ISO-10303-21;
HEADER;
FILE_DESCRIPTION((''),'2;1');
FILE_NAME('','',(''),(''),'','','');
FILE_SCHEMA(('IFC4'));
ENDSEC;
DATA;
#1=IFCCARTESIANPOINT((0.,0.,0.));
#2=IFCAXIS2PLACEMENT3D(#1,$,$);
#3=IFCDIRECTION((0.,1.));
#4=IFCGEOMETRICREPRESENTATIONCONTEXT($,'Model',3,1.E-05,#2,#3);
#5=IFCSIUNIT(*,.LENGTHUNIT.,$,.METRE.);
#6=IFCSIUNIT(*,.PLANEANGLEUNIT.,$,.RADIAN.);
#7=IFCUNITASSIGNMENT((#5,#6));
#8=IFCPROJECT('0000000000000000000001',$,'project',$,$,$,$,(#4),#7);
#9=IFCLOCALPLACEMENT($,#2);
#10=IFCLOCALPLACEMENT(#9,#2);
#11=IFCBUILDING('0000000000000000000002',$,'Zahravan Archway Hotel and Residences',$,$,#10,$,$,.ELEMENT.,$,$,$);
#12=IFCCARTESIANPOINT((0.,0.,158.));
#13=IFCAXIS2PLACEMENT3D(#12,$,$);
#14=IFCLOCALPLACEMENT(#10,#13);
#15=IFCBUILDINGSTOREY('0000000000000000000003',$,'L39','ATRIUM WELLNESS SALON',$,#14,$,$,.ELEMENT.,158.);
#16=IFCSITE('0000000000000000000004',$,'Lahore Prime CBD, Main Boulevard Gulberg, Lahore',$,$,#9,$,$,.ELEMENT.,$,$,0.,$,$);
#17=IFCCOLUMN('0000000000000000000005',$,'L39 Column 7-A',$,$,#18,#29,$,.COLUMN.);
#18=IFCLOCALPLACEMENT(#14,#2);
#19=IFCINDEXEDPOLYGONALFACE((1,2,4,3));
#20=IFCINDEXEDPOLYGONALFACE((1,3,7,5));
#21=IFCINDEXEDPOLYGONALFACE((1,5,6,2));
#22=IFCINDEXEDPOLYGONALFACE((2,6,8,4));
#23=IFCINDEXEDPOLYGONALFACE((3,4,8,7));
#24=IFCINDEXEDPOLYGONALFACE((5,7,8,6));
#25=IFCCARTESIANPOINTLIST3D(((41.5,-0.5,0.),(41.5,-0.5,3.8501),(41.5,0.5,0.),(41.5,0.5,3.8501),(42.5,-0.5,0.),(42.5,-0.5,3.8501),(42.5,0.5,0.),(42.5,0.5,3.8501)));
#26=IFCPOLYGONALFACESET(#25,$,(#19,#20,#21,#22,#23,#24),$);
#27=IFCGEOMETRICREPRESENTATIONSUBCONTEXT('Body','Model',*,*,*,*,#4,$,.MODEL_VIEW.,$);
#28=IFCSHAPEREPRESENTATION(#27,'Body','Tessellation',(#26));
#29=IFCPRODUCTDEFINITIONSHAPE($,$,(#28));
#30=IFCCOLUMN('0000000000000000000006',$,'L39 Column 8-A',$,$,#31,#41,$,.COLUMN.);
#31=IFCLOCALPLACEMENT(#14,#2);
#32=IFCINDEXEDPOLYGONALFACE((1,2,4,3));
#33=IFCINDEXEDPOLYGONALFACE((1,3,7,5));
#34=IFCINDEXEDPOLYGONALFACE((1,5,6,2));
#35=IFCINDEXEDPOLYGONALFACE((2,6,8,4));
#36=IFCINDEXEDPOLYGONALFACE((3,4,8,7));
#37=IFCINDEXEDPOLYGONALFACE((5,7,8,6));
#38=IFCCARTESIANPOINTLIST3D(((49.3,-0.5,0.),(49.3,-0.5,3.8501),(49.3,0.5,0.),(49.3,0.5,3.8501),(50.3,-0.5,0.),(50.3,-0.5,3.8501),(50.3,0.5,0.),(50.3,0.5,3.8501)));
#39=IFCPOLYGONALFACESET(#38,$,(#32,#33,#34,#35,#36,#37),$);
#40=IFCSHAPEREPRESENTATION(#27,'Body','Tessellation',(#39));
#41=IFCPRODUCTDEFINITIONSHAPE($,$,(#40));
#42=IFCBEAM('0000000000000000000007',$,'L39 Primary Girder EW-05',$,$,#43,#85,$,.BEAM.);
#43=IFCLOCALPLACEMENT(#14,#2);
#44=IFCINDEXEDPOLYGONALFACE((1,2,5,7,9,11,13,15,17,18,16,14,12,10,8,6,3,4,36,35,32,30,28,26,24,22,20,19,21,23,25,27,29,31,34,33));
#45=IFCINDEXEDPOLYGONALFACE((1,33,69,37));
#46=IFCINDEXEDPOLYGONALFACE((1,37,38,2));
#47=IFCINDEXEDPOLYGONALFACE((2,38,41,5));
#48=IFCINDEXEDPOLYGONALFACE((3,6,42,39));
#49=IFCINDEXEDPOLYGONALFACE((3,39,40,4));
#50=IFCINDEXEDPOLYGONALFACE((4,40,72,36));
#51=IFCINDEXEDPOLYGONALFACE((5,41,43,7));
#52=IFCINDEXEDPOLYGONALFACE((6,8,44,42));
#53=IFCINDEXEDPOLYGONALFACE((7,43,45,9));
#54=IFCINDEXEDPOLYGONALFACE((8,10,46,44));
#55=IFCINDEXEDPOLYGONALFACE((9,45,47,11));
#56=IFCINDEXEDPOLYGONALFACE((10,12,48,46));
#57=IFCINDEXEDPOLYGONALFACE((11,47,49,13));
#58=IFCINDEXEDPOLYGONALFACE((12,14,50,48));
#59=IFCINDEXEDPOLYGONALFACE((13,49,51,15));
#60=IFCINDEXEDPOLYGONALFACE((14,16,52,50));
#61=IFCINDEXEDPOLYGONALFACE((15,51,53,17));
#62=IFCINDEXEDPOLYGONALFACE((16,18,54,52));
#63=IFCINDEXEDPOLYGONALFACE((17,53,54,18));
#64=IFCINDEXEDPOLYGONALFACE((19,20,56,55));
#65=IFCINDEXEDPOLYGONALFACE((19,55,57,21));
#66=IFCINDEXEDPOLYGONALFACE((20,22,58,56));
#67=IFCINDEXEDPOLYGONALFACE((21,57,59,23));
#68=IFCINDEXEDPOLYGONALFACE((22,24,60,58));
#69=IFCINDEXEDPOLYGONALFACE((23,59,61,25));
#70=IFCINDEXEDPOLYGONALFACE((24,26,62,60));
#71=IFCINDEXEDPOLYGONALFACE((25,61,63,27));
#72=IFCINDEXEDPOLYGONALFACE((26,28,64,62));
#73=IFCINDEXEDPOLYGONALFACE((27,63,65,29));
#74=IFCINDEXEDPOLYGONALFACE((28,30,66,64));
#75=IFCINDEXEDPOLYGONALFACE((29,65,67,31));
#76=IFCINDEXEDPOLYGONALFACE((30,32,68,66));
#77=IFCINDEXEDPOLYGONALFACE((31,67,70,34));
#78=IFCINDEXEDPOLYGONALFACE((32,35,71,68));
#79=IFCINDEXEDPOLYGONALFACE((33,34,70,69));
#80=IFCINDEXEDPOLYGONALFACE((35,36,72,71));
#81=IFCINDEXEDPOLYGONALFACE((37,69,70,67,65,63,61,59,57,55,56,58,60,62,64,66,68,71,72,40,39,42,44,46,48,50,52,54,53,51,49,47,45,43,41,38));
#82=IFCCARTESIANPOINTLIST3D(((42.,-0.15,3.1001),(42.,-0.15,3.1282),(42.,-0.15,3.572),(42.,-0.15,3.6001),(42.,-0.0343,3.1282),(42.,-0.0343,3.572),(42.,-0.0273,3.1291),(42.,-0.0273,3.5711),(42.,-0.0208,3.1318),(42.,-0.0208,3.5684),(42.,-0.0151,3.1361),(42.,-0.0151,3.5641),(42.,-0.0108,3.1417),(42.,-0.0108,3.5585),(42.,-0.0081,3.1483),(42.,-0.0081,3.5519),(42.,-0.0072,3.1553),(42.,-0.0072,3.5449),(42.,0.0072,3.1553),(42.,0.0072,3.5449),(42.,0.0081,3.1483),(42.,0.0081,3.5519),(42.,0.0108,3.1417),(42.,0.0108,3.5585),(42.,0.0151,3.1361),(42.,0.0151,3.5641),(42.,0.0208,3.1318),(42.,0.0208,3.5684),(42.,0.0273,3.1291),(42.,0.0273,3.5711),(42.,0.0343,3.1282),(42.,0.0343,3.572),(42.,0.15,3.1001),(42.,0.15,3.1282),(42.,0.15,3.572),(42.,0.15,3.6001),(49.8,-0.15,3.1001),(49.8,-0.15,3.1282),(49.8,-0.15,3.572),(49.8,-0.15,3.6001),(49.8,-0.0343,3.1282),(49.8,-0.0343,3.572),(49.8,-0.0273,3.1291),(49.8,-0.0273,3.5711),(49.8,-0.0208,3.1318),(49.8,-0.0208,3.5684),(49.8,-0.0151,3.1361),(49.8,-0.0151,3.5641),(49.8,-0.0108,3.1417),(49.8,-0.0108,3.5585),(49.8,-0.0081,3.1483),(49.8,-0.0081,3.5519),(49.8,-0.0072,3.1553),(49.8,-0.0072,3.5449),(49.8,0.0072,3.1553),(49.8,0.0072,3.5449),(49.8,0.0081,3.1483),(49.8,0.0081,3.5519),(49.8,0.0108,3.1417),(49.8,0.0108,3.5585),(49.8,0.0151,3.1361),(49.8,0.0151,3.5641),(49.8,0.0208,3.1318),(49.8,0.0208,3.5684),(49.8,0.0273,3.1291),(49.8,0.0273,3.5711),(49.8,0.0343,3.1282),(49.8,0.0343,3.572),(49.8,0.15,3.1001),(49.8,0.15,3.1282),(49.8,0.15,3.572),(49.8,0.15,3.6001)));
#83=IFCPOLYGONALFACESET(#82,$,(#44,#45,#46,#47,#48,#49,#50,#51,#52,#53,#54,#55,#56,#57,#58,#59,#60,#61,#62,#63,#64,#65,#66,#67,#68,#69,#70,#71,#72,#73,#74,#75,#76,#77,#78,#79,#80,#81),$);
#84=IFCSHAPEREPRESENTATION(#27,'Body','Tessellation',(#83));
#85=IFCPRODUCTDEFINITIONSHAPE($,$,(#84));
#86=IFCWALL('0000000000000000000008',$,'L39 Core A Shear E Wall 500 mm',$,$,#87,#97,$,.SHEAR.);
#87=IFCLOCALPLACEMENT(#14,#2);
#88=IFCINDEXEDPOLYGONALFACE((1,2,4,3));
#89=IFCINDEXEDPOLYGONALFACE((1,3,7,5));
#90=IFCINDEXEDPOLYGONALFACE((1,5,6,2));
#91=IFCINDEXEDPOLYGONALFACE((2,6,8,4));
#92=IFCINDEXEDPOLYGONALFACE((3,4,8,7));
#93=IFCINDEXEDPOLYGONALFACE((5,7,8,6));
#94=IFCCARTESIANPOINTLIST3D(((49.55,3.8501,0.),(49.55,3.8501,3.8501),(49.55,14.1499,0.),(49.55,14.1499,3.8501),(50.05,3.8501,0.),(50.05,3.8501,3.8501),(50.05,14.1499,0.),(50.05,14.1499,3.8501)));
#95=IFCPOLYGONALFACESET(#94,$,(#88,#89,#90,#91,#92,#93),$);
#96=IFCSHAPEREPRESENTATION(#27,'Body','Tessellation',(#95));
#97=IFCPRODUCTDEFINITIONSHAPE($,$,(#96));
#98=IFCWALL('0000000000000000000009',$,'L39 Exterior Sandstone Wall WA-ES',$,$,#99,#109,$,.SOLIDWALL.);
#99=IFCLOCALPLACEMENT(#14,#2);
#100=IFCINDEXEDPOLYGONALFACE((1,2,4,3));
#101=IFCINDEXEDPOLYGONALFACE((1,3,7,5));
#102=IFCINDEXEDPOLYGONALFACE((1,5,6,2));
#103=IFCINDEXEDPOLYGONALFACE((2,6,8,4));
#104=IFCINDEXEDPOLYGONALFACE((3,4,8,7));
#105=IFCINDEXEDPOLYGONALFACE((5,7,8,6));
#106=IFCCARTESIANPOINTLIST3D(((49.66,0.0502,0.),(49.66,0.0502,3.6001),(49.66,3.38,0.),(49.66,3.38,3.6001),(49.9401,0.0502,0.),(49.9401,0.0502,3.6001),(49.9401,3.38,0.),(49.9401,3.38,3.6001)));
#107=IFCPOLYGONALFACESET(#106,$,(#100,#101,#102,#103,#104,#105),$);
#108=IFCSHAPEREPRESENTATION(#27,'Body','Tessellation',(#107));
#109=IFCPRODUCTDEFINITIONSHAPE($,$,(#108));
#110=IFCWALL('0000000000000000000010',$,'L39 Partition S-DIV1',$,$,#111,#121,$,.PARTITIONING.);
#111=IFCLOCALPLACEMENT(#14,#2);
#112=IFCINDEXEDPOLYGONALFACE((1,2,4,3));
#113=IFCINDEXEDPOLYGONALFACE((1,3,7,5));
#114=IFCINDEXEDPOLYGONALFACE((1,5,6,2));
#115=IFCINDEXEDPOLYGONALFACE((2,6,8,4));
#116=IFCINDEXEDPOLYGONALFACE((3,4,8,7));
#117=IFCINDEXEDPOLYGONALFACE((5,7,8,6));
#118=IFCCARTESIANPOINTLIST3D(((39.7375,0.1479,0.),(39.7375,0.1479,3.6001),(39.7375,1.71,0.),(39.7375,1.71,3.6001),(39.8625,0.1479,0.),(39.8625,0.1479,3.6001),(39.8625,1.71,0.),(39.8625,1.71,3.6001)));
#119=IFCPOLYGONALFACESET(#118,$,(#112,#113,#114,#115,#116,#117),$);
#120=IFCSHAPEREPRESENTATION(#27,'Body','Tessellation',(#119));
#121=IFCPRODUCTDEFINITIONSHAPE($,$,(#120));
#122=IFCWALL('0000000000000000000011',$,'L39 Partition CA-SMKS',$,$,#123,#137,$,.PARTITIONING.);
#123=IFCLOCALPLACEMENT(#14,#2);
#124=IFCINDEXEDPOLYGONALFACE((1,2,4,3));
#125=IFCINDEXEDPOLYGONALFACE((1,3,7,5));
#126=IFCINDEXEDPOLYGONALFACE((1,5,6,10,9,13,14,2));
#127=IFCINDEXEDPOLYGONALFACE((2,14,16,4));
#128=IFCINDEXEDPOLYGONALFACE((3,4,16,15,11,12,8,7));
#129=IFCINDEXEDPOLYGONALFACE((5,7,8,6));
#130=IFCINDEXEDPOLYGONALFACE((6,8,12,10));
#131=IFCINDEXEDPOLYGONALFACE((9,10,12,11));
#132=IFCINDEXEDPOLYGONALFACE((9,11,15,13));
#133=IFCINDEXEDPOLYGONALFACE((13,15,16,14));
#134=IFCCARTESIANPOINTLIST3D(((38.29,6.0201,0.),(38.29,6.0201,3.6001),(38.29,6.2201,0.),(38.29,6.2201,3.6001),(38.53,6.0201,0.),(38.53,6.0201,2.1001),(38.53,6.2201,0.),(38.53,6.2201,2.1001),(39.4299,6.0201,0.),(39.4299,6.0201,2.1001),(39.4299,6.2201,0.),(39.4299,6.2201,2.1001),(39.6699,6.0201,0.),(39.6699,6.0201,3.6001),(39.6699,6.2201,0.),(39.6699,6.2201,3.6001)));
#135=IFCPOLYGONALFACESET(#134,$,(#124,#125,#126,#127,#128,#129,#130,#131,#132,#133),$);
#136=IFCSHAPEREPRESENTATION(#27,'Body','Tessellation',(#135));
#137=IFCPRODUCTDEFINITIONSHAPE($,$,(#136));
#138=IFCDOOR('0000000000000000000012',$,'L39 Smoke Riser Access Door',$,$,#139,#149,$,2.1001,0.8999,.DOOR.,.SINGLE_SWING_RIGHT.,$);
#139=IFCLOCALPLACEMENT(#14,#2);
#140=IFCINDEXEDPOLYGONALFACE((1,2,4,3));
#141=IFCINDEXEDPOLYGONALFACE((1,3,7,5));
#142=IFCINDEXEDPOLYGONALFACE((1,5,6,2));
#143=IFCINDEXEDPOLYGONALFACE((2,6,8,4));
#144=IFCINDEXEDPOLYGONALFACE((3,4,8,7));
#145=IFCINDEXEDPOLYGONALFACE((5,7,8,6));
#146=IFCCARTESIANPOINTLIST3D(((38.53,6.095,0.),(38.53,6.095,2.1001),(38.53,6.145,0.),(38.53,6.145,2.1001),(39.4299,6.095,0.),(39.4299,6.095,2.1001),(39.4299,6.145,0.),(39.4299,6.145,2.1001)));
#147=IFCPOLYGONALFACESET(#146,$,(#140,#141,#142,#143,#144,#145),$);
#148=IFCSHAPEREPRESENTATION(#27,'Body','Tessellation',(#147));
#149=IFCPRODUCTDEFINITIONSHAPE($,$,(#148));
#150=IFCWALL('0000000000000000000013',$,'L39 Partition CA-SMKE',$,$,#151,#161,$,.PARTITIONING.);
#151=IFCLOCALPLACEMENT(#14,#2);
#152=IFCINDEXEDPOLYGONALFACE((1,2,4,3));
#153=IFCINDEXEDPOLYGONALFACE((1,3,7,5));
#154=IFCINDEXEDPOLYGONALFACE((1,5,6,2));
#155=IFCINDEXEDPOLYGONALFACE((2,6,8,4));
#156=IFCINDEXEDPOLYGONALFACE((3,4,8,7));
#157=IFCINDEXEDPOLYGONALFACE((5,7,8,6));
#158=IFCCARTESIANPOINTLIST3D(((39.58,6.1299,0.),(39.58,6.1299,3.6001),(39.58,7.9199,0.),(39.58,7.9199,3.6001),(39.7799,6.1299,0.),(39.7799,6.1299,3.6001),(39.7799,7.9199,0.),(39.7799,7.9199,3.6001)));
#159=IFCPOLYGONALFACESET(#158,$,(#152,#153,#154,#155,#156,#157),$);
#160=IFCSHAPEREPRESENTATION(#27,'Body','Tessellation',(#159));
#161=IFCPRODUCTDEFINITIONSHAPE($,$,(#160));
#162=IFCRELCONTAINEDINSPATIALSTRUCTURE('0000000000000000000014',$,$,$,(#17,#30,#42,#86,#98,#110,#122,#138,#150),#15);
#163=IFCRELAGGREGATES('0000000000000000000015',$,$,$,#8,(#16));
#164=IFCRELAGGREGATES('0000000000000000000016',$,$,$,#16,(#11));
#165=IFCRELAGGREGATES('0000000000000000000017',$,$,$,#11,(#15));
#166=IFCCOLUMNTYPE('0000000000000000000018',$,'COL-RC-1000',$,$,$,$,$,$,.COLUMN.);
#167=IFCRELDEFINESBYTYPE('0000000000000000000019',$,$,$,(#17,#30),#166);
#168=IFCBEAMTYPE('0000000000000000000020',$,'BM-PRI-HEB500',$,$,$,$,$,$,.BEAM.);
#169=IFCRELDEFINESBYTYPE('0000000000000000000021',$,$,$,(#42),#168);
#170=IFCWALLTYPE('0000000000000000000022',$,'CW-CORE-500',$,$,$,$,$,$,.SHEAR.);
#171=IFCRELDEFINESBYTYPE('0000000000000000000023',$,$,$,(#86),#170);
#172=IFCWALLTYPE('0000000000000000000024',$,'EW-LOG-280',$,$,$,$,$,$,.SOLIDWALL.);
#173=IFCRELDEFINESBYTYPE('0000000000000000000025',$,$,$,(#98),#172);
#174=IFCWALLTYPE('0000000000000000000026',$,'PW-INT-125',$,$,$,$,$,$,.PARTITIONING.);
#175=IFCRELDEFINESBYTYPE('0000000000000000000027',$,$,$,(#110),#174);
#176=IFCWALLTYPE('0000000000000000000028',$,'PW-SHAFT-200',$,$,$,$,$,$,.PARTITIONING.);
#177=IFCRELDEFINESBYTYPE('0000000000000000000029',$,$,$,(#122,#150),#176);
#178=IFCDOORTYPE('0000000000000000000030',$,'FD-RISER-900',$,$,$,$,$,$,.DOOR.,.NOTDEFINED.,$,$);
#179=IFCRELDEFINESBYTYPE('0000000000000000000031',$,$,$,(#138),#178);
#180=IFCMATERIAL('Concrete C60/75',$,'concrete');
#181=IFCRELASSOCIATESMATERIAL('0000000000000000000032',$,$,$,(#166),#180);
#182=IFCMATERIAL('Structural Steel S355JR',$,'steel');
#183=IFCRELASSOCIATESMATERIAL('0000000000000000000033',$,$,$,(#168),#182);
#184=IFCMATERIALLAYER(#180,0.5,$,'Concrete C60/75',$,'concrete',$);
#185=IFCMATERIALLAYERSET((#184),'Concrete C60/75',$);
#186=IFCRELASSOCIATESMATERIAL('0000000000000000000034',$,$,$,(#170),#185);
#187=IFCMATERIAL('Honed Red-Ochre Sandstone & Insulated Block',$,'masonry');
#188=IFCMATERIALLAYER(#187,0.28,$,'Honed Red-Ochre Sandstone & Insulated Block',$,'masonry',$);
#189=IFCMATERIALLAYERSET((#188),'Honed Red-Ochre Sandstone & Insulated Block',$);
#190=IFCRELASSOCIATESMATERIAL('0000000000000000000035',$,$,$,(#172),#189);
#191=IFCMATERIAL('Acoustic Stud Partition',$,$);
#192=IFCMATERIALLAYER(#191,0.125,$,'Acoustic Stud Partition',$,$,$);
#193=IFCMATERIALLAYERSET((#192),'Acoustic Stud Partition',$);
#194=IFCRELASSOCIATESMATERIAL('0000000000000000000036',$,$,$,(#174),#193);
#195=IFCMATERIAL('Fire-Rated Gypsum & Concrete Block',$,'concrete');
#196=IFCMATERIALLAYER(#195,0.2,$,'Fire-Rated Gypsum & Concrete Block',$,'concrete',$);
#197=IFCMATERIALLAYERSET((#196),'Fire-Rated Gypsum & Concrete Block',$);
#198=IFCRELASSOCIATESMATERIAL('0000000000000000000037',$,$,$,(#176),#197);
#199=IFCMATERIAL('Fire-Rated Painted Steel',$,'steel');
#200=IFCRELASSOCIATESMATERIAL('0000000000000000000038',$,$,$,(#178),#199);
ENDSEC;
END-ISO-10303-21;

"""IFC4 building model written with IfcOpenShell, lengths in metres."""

from ifc_helpers import new_model, si_unit, direction, frame, frame_2d, origin, origin_2d, place, context, subcontext, project, spatial, rectangle, i_section, extrude, source, transform, mapped, material, layer, layer_set, material_profile, profile_set, type_object, type_shapes, element, fill, save


model = new_model("IFC4")

# Units and contexts
model_context = context("Model", 3, precision=1e-05, world=origin(), true_north=direction((0.0, 1.0)))
body_context = subcontext(model_context, "Body", "Model", "MODEL_VIEW")
ifc_project = project(units=[si_unit("LENGTHUNIT", "METRE"), si_unit("PLANEANGLEUNIT", "RADIAN")], contexts=[model_context])

# Site, building, storey
site_placement = place(None, origin())
site = spatial("IfcSite", under=ifc_project, at=site_placement, Name="Lahore Prime CBD, Main Boulevard Gulberg, Lahore", CompositionType="ELEMENT", RefElevation=0.0)
building_placement = place(site_placement, origin())
building = spatial("IfcBuilding", under=site, at=building_placement, Name="Zahravan Archway Hotel and Residences", CompositionType="ELEMENT")
storey_placement = place(building_placement, frame((0.0, 0.0, 158.0)))
storey = spatial("IfcBuildingStorey", under=building, at=storey_placement, Name="L39", Description="ATRIUM WELLNESS SALON", CompositionType="ELEMENT", Elevation=158.0)

# Columns
ifc_material_1 = material(Name="Concrete C60/75", Category="concrete")
ifc_material_profile_1 = material_profile(ifc_material_1, rectangle(XDim=1.0, YDim=1.0, at=origin_2d()), Name="RC-COL-1000x1000", Category="concrete")
ifc_profile_set_1 = profile_set([ifc_material_profile_1], Name="Concrete C60/75")
column_type = type_object("IfcColumnType", Name="COL-RC-1000", PredefinedType="COLUMN", material=ifc_profile_set_1)
shared_shape_1 = source(origin(), body_context, "Body", "SweptSolid", [
    extrude(rectangle(XDim=1.0, YDim=1.0, at=origin_2d()), origin(), (0.0, 0.0, 1.0), 3.8501),
])
for number, where, z_axis, x_axis, name in (
    (1, (42.0, 0.0, 0.0), (0.0, 0.0, 1.0), (1.0, 0.0, 0.0), "L39 Column 7-A"),
    (2, (49.8, 0.0, 0.0), (0.0, 0.0, 1.0), (1.0, 0.0, 0.0), "L39 Column 8-A"),
):
    element("IfcColumn", number, at=place(storey_placement, frame(where, z_axis=z_axis, x_axis=x_axis)), inside=storey, type_object=column_type, Name=name, PredefinedType="COLUMN", context=body_context, shape_type="MappedRepresentation", body=[
        mapped(shared_shape_1, transform((0.0, 0.0, 0.0), scale=1.0)),
    ])

# Beam
ifc_material_2 = material(Name="Structural Steel S355JR", Category="steel")
ifc_material_profile_2 = material_profile(ifc_material_2, i_section(OverallWidth=0.3, OverallDepth=0.5, WebThickness=0.0144, FlangeThickness=0.0281, FilletRadius=0.0271, at=origin_2d()), Name="HEB 500", Category="steel")
ifc_profile_set_2 = profile_set([ifc_material_profile_2], Name="Structural Steel S355JR")
beam_type = type_object("IfcBeamType", Name="BM-PRI-HEB500", PredefinedType="BEAM", material=ifc_profile_set_2)
shared_shape_2 = source(origin(), body_context, "Body", "SweptSolid", [
    extrude(i_section(OverallWidth=0.3, OverallDepth=0.5, WebThickness=0.0144, FlangeThickness=0.0281, FilletRadius=0.0271, at=origin_2d()), origin(), (0.0, 0.0, 1.0), 7.8),
])
beam_placement = place(storey_placement, frame((42.0, 0.0, 3.3501), z_axis=(1.0, 0.0, 0.0), x_axis=(0.0, 1.0, 0.0)))
element("IfcBeam", 3, at=beam_placement, inside=storey, type_object=beam_type, Name="L39 Primary Girder EW-05", PredefinedType="BEAM", context=body_context, shape_type="MappedRepresentation", body=[
    mapped(shared_shape_2, transform((0.0, 0.0, 0.0), scale=1.0)),
])

# Walls
ifc_layer_1 = layer(ifc_material_1, 0.5, Name="Concrete C60/75", Category="concrete")
ifc_layer_set_1 = layer_set([ifc_layer_1], Name="Concrete C60/75")
wall_type_1 = type_object("IfcWallType", Name="CW-CORE-500", PredefinedType="SHEAR", material=ifc_layer_set_1)
wall_1_placement = place(storey_placement, frame((49.8, 3.8501, 0.0), z_axis=(0.0, 0.0, 1.0), x_axis=(0.0, 1.0, 0.0)))
element("IfcWall", 4, at=wall_1_placement, inside=storey, type_object=wall_type_1, Name="L39 Core A Shear E Wall 500 mm", PredefinedType="SHEAR", context=body_context, shape_type="SweptSolid", body=[
    extrude(rectangle(XDim=10.2998, YDim=0.5, at=frame_2d((5.1499, 0.0))), origin(), (0.0, 0.0, 1.0), 3.8501),
])
ifc_material_3 = material(Name="Honed Red-Ochre Sandstone & Insulated Block", Category="masonry")
ifc_layer_2 = layer(ifc_material_3, 0.28, Name="Honed Red-Ochre Sandstone & Insulated Block", Category="masonry")
ifc_layer_set_2 = layer_set([ifc_layer_2], Name="Honed Red-Ochre Sandstone & Insulated Block")
wall_type_2 = type_object("IfcWallType", Name="EW-LOG-280", PredefinedType="SOLIDWALL", material=ifc_layer_set_2)
wall_2_placement = place(storey_placement, frame((49.8, 0.05, 0.0), z_axis=(0.0, 0.0, 1.0), x_axis=(0.0, 1.0, 0.0)))
element("IfcWall", 5, at=wall_2_placement, inside=storey, type_object=wall_type_2, Name="L39 Exterior Sandstone Wall WA-ES", PredefinedType="SOLIDWALL", context=body_context, shape_type="SweptSolid", body=[
    extrude(rectangle(XDim=3.3298, YDim=0.28, at=frame_2d((1.665, 0.0))), origin(), (0.0, 0.0, 1.0), 3.6001),
])
ifc_material_4 = material(Name="Acoustic Stud Partition")
ifc_layer_3 = layer(ifc_material_4, 0.125, Name="Acoustic Stud Partition")
ifc_layer_set_3 = layer_set([ifc_layer_3], Name="Acoustic Stud Partition")
wall_type_3 = type_object("IfcWallType", Name="PW-INT-125", PredefinedType="PARTITIONING", material=ifc_layer_set_3)
wall_3_placement = place(storey_placement, frame((39.8, 0.1479, 0.0), z_axis=(0.0, 0.0, 1.0), x_axis=(0.0, 1.0, 0.0)))
element("IfcWall", 6, at=wall_3_placement, inside=storey, type_object=wall_type_3, Name="L39 Partition S-DIV1", PredefinedType="PARTITIONING", context=body_context, shape_type="SweptSolid", body=[
    extrude(rectangle(XDim=1.562, YDim=0.125, at=frame_2d((0.781, 0.0))), origin(), (0.0, 0.0, 1.0), 3.6001),
])

# Wall, opening, door
ifc_material_5 = material(Name="Fire-Rated Gypsum & Concrete Block", Category="concrete")
ifc_layer_4 = layer(ifc_material_5, 0.2, Name="Fire-Rated Gypsum & Concrete Block", Category="concrete")
ifc_layer_set_4 = layer_set([ifc_layer_4], Name="Fire-Rated Gypsum & Concrete Block")
wall_type_4 = type_object("IfcWallType", Name="PW-SHAFT-200", PredefinedType="PARTITIONING", material=ifc_layer_set_4)
wall_4_placement = place(storey_placement, frame((38.29, 6.1201, 0.0), z_axis=(0.0, 0.0, 1.0), x_axis=(1.0, 0.0, 0.0)))
wall_4 = element("IfcWall", 7, at=wall_4_placement, inside=storey, type_object=wall_type_4, Name="L39 Partition CA-SMKS", PredefinedType="PARTITIONING", context=body_context, shape_type="SweptSolid", body=[
    extrude(rectangle(XDim=1.3799, YDim=0.2, at=frame_2d((0.6899, 0.0))), origin(), (0.0, 0.0, 1.0), 3.6001),
])
opening_1_placement = place(wall_4_placement, frame((0.24, 0.0, 0.0)))
opening_1 = element("IfcOpeningElement", 8, at=opening_1_placement, cuts=wall_4, PredefinedType="OPENING", context=body_context, shape_type="SweptSolid", body=[
    extrude(rectangle(XDim=0.8999, YDim=2.1001, at=frame_2d((0.45, 1.05))), frame((0.0, 0.1099, 0.0), z_axis=(0.0, -1.0, 0.0), x_axis=(1.0, 0.0, 0.0)), (0.0, 0.0, 1.0), 0.22),
])
ifc_material_6 = material(Name="Fire-Rated Painted Steel", Category="steel")
door_type = type_object("IfcDoorType", Name="FD-RISER-900", OperationType="NOTDEFINED", PredefinedType="DOOR", material=ifc_material_6)
shared_shape_3 = source(origin(), body_context, "Body", "SweptSolid", [
    extrude(rectangle(XDim=0.8999, YDim=2.1001, at=frame_2d((0.45, 1.05))), frame((0.0, 0.0249, 0.0), z_axis=(0.0, -1.0, 0.0), x_axis=(1.0, 0.0, 0.0)), (0.0, 0.0, 1.0), 0.05),
])
type_shapes(door_type, [shared_shape_3])
door_1_placement = place(opening_1_placement, origin())
door_1 = element("IfcDoor", 9, at=door_1_placement, inside=storey, type_object=door_type, Name="L39 Smoke Riser Access Door", OperationType="SINGLE_SWING_RIGHT", OverallHeight=2.1001, OverallWidth=0.8999, PredefinedType="DOOR", context=body_context, shape_type="MappedRepresentation", body=[
    mapped(shared_shape_3, transform((0.0, 0.0, 0.0), scale=1.0)),
])
fill(opening_1, door_1)

# Wall
wall_5_placement = place(storey_placement, frame((39.6799, 6.1299, 0.0), z_axis=(0.0, 0.0, 1.0), x_axis=(0.0, 1.0, 0.0)))
element("IfcWall", 10, at=wall_5_placement, inside=storey, type_object=wall_type_4, Name="L39 Partition CA-SMKE", PredefinedType="PARTITIONING", context=body_context, shape_type="SweptSolid", body=[
    extrude(rectangle(XDim=1.79, YDim=0.2, at=frame_2d((0.895, 0.0))), origin(), (0.0, 0.0, 1.0), 3.6001),
])

save(model, "model.ifc")
